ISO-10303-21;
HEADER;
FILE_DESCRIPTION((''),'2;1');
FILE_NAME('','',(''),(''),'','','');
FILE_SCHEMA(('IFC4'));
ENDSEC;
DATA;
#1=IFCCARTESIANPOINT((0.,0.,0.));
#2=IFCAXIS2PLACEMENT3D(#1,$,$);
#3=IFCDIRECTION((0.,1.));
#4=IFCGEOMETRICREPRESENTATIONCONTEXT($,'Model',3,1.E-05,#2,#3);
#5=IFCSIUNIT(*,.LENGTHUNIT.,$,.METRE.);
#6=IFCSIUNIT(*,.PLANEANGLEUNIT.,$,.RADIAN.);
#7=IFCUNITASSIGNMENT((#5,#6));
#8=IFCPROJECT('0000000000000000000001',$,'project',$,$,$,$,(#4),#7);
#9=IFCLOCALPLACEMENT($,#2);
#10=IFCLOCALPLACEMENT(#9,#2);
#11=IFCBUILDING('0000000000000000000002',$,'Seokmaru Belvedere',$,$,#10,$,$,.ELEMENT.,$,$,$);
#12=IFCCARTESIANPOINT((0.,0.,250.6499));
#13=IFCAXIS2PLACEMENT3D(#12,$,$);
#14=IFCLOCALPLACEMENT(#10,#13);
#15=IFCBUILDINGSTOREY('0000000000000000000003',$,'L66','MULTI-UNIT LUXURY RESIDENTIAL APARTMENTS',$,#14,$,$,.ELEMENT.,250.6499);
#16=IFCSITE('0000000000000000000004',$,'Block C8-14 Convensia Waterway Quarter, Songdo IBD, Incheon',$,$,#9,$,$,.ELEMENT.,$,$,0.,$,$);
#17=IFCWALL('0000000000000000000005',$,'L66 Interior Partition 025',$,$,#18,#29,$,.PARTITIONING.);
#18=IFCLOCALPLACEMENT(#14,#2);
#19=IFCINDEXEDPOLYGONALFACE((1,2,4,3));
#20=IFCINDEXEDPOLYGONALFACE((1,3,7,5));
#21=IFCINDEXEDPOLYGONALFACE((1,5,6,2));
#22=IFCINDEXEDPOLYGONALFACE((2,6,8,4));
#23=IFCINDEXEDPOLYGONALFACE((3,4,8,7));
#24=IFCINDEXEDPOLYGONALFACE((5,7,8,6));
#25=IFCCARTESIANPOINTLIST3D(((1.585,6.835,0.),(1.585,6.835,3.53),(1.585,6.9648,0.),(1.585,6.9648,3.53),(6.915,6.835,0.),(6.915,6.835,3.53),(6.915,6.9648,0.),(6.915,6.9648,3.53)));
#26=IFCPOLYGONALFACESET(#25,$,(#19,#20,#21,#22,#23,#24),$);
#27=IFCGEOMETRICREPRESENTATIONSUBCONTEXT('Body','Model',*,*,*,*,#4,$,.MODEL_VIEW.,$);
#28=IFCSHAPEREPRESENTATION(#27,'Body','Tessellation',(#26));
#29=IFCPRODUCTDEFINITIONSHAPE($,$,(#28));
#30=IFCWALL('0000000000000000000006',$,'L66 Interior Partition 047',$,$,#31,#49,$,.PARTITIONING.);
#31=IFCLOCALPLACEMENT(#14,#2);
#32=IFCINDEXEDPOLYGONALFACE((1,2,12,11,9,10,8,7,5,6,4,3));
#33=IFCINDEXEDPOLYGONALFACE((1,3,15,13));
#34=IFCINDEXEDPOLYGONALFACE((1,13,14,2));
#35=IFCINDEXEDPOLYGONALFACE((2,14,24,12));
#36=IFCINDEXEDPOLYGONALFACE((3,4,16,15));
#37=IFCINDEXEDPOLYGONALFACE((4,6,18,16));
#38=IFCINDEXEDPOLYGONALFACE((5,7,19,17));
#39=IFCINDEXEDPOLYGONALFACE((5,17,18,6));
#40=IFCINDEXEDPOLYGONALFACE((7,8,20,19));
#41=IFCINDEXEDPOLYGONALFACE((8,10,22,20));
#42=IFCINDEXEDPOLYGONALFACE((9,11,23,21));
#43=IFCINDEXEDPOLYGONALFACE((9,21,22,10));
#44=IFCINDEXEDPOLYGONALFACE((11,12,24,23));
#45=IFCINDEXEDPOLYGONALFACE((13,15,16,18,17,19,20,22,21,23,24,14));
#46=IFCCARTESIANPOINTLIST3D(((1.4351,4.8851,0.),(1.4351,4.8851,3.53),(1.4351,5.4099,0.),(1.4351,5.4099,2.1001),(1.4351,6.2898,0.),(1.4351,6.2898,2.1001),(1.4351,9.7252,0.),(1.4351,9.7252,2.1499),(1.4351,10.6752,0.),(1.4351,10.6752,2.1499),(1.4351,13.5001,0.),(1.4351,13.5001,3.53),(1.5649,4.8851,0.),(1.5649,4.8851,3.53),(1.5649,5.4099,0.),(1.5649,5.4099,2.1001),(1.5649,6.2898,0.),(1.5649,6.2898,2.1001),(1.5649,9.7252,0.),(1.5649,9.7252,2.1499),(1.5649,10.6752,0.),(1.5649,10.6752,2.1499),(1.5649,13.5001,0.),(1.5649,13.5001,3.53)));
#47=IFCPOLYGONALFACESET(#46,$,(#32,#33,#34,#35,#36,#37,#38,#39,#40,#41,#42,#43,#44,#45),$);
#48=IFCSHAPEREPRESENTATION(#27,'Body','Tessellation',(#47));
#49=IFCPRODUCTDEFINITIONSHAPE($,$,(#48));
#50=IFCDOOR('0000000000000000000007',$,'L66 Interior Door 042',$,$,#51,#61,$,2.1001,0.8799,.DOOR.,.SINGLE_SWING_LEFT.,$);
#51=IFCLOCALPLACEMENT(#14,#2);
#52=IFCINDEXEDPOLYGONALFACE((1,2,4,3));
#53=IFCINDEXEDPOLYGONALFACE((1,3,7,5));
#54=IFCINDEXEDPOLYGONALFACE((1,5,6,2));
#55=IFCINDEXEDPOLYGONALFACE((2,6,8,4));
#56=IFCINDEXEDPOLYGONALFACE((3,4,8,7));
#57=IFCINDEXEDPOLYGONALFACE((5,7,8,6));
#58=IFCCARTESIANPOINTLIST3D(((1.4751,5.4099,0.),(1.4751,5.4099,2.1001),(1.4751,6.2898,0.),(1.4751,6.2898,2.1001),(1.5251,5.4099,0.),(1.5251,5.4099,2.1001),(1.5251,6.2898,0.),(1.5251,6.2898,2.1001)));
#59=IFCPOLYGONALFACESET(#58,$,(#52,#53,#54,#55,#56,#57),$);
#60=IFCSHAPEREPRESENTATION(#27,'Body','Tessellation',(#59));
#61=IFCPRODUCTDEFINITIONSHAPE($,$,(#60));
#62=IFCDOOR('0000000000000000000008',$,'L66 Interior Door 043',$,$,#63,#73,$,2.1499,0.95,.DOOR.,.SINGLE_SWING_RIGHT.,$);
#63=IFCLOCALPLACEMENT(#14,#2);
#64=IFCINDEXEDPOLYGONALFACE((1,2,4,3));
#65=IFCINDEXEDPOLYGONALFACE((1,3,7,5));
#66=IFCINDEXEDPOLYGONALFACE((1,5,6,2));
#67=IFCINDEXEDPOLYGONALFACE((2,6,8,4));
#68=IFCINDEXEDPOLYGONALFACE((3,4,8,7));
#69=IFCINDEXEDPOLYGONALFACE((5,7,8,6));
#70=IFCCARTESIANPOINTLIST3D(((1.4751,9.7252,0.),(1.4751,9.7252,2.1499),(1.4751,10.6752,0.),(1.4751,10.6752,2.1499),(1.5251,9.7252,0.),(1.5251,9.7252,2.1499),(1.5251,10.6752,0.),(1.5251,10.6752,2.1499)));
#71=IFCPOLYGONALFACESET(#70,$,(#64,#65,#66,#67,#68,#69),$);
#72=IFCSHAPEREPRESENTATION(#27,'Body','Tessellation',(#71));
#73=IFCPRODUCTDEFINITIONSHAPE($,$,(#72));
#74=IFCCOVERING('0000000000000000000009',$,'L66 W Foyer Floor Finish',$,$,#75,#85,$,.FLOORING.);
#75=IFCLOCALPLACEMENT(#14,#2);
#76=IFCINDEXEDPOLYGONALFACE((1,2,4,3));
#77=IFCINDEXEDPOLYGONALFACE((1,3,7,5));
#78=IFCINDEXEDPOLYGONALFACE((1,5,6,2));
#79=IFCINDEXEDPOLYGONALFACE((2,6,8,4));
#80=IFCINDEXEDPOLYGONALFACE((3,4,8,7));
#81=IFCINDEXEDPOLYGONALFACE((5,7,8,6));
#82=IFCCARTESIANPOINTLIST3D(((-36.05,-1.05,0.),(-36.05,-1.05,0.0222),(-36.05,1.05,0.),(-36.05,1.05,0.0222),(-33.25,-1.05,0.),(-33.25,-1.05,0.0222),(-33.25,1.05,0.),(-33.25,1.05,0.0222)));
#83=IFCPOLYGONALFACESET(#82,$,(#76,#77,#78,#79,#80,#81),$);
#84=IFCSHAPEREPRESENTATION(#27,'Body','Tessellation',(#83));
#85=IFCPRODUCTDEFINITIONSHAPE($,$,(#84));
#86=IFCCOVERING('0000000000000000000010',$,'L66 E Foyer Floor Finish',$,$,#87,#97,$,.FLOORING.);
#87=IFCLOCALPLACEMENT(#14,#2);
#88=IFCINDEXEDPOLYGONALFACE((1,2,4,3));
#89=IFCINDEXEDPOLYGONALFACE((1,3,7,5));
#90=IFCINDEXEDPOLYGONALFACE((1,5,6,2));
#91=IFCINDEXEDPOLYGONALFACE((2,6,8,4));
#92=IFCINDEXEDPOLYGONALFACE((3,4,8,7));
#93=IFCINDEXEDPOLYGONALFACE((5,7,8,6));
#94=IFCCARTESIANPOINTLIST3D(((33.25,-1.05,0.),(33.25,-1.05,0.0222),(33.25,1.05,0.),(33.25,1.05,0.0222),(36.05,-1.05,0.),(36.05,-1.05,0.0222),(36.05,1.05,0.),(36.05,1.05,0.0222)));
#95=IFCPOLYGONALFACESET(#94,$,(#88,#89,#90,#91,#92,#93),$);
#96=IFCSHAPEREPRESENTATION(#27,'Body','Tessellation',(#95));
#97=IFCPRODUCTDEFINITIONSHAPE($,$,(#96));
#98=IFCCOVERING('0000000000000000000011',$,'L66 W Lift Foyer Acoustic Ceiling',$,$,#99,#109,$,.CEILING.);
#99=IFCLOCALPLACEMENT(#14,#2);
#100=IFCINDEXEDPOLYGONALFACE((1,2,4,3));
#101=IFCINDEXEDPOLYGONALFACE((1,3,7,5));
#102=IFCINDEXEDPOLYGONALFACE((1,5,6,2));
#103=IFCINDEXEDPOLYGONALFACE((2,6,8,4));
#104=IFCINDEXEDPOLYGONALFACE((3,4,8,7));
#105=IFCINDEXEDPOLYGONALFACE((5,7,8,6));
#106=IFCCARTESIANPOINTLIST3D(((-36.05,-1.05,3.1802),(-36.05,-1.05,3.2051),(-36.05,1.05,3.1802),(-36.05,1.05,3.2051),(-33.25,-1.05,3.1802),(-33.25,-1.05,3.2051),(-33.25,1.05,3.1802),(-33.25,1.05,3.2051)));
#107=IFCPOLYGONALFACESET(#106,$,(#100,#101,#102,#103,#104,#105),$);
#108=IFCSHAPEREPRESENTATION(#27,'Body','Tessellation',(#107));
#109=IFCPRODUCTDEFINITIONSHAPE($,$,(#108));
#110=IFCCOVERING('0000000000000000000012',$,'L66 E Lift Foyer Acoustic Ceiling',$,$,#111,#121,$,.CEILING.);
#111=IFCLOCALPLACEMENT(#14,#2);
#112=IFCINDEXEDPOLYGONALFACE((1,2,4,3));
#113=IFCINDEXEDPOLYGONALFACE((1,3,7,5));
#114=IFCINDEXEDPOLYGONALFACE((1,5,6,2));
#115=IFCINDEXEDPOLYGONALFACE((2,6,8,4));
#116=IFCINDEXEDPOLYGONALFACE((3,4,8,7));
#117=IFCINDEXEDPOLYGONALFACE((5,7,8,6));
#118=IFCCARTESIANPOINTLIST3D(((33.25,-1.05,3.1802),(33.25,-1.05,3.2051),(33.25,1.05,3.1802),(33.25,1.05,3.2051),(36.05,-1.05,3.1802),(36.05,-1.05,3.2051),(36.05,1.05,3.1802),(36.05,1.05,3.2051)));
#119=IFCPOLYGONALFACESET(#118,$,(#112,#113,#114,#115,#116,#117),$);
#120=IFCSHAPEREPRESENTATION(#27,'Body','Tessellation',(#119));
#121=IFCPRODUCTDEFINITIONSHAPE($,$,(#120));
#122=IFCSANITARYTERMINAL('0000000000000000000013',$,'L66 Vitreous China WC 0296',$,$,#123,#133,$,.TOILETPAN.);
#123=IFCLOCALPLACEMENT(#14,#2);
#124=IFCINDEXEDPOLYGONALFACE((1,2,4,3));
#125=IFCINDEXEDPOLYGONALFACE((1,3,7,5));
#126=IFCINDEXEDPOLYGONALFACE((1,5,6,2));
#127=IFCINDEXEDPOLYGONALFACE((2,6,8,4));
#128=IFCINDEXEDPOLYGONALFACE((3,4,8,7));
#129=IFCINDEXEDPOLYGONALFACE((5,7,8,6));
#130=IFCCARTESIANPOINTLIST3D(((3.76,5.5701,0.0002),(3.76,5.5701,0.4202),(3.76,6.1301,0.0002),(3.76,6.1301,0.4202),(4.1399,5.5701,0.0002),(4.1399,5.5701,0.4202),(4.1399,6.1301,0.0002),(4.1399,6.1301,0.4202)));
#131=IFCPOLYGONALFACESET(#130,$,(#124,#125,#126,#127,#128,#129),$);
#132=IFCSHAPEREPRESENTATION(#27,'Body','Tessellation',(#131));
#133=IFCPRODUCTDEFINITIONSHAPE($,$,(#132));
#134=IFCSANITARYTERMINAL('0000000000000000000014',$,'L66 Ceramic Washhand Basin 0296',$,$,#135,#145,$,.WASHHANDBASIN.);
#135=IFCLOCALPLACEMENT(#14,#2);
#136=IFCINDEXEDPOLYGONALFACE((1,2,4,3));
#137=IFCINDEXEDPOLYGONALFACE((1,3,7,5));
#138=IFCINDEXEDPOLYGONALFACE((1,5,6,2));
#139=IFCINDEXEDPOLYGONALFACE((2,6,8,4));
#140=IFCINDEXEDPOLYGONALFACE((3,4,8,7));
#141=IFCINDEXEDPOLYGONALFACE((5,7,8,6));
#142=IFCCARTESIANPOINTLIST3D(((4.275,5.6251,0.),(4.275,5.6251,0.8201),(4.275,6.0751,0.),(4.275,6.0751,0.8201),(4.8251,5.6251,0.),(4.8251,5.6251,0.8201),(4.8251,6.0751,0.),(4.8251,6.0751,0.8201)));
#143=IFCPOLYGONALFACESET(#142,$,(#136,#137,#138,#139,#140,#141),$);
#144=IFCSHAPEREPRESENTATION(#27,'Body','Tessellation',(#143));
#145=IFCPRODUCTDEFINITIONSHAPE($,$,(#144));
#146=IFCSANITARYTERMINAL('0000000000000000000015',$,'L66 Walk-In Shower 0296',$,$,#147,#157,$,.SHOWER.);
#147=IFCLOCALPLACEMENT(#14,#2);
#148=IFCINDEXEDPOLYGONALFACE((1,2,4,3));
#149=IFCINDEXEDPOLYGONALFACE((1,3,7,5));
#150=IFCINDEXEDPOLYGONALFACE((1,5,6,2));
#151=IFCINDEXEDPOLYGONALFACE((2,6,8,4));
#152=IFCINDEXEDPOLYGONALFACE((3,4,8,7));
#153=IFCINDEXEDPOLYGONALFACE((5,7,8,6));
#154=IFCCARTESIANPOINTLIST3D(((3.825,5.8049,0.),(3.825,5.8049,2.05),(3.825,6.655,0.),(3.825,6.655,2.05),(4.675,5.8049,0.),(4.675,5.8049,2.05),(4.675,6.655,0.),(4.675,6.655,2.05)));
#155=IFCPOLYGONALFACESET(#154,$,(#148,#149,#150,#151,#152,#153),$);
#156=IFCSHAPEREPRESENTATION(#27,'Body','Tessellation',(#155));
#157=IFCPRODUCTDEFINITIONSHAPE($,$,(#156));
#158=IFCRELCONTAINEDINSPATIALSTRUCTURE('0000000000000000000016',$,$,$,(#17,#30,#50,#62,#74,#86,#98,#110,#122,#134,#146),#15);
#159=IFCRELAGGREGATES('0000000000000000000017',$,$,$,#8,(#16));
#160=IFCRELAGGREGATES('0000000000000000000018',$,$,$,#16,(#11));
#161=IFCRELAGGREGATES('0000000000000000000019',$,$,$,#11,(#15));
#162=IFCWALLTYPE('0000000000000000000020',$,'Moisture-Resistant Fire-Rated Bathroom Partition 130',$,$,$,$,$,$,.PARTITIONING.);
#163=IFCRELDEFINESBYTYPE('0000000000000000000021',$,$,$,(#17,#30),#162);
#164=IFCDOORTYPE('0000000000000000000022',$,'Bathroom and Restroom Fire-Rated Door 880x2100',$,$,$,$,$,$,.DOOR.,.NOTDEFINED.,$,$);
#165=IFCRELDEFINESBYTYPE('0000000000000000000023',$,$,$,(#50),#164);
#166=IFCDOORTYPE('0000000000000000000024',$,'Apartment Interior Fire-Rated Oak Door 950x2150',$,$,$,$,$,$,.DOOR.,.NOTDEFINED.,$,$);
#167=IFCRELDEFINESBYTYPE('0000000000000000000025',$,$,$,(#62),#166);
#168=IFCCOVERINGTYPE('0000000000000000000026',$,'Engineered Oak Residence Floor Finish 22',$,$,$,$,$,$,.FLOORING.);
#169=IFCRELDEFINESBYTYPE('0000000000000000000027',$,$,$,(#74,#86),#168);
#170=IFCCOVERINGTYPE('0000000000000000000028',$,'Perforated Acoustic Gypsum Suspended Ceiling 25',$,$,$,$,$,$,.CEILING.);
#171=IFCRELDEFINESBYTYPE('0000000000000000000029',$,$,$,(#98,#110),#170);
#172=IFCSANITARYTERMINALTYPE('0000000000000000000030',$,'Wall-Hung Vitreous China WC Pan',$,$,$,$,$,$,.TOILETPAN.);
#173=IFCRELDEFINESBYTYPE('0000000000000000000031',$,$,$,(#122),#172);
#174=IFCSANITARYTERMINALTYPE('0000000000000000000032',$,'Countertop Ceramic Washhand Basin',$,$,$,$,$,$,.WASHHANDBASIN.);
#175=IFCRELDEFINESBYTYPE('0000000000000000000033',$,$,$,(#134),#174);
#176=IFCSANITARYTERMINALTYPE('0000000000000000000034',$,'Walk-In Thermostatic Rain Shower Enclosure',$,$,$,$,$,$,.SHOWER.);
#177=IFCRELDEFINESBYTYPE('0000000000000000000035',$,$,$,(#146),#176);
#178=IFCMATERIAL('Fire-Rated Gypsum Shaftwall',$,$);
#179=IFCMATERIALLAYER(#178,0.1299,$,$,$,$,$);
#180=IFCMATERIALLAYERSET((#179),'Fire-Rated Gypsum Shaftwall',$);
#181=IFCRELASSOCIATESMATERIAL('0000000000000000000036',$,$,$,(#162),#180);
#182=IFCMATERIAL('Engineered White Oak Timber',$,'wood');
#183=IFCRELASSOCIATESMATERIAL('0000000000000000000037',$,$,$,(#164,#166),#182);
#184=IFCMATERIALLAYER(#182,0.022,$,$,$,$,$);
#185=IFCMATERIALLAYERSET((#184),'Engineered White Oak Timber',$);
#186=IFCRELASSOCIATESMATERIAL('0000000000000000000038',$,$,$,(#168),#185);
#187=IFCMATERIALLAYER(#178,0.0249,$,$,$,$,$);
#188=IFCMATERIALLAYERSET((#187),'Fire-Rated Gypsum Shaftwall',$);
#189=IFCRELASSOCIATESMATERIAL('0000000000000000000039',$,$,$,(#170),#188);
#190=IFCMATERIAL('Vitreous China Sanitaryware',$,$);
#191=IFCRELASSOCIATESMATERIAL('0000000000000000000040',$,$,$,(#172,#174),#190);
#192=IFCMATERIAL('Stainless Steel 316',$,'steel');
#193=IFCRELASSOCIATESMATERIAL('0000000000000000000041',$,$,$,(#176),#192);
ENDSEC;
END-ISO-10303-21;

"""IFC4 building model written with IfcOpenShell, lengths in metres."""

from ifc_helpers import new_model, si_unit, direction, frame, frame_2d, origin, origin_2d, place, context, subcontext, project, spatial, polyline, rectangle, outline, extrude, source, transform, mapped, material, layer, layer_set, type_object, type_shapes, element, fill, save


model = new_model("IFC4")

# Units and contexts
model_context = context("Model", 3, precision=1e-05, world=origin(), true_north=direction((0.0, 1.0)))
body_context = subcontext(model_context, "Body", "Model", "MODEL_VIEW")
ifc_project = project(units=[si_unit("LENGTHUNIT", "METRE"), si_unit("PLANEANGLEUNIT", "RADIAN")], contexts=[model_context])

# Site, building, storey
site_placement = place(None, origin())
site = spatial("IfcSite", under=ifc_project, at=site_placement, Name="Block C8-14 Convensia Waterway Quarter, Songdo IBD, Incheon", CompositionType="ELEMENT", RefElevation=0.0)
building_placement = place(site_placement, origin())
building = spatial("IfcBuilding", under=site, at=building_placement, Name="Seokmaru Belvedere", CompositionType="ELEMENT")
storey_placement = place(building_placement, frame((0.0, 0.0, 250.6499)))
storey = spatial("IfcBuildingStorey", under=building, at=storey_placement, Name="L66", Description="MULTI-UNIT LUXURY RESIDENTIAL APARTMENTS", CompositionType="ELEMENT", Elevation=250.6499)

# Wall
ifc_material_1 = material(Name="Fire-Rated Gypsum Shaftwall")
ifc_layer_1 = layer(ifc_material_1, 0.1299)
ifc_layer_set_1 = layer_set([ifc_layer_1], Name="Fire-Rated Gypsum Shaftwall")
wall_type_1 = type_object("IfcWallType", Name="Moisture-Resistant Fire-Rated Bathroom Partition 130", PredefinedType="PARTITIONING", material=ifc_layer_set_1)
wall_1_placement = place(storey_placement, frame((1.585, 6.8999, 0.0), z_axis=(0.0, 0.0, 1.0), x_axis=(1.0, 0.0, 0.0)))
element("IfcWall", 1, at=wall_1_placement, inside=storey, type_object=wall_type_1, Name="L66 Interior Partition 025", PredefinedType="PARTITIONING", context=body_context, shape_type="SweptSolid", body=[
    extrude(rectangle(XDim=5.3301, YDim=0.1299, at=frame_2d((2.665, 0.0))), origin(), (0.0, 0.0, 1.0), 3.53),
])

# Wall, openings, doors
wall_2_placement = place(storey_placement, frame((1.5, 4.885, 0.0), z_axis=(0.0, 0.0, 1.0), x_axis=(0.0, 1.0, 0.0)))
wall_2 = element("IfcWall", 2, at=wall_2_placement, inside=storey, type_object=wall_type_1, Name="L66 Interior Partition 047", PredefinedType="PARTITIONING", context=body_context, shape_type="SweptSolid", body=[
    extrude(rectangle(XDim=8.615, YDim=0.1299, at=frame_2d((4.3076, 0.0))), origin(), (0.0, 0.0, 1.0), 3.53),
])
opening_1_placement = place(wall_2_placement, frame((0.5249, 0.0, 0.0)))
opening_1 = element("IfcOpeningElement", 3, at=opening_1_placement, cuts=wall_2, PredefinedType="OPENING", context=body_context, shape_type="SweptSolid", body=[
    extrude(rectangle(XDim=0.8799, YDim=2.1001, at=frame_2d((0.4399, 1.05))), frame((0.0, 0.075, 0.0), z_axis=(0.0, -1.0, 0.0), x_axis=(1.0, 0.0, 0.0)), (0.0, 0.0, 1.0), 0.1499),
])
opening_2_placement = place(wall_2_placement, frame((4.8401, 0.0, 0.0)))
opening_2 = element("IfcOpeningElement", 4, at=opening_2_placement, cuts=wall_2, PredefinedType="OPENING", context=body_context, shape_type="SweptSolid", body=[
    extrude(rectangle(XDim=0.95, YDim=2.1499, at=frame_2d((0.4751, 1.075))), frame((0.0, 0.075, 0.0), z_axis=(0.0, -1.0, 0.0), x_axis=(1.0, 0.0, 0.0)), (0.0, 0.0, 1.0), 0.1499),
])
ifc_material_2 = material(Name="Engineered White Oak Timber", Category="wood")
door_type_1 = type_object("IfcDoorType", Name="Bathroom and Restroom Fire-Rated Door 880x2100", OperationType="NOTDEFINED", PredefinedType="DOOR", material=ifc_material_2)
shared_shape_1 = source(origin(), body_context, "Body", "SweptSolid", [
    extrude(rectangle(XDim=0.8799, YDim=2.1001, at=frame_2d((0.4399, 1.05))), frame((0.0, 0.0249, 0.0), z_axis=(0.0, -1.0, 0.0), x_axis=(1.0, 0.0, 0.0)), (0.0, 0.0, 1.0), 0.05),
])
type_shapes(door_type_1, [shared_shape_1])
door_1_placement = place(opening_1_placement, origin())
door_1 = element("IfcDoor", 5, at=door_1_placement, inside=storey, type_object=door_type_1, Name="L66 Interior Door 042", OperationType="SINGLE_SWING_LEFT", OverallHeight=2.1001, OverallWidth=0.8799, PredefinedType="DOOR", context=body_context, shape_type="MappedRepresentation", body=[
    mapped(shared_shape_1, transform((0.0, 0.0, 0.0), scale=1.0)),
])
fill(opening_1, door_1)
door_type_2 = type_object("IfcDoorType", Name="Apartment Interior Fire-Rated Oak Door 950x2150", OperationType="NOTDEFINED", PredefinedType="DOOR", material=ifc_material_2)
shared_shape_2 = source(origin(), body_context, "Body", "SweptSolid", [
    extrude(rectangle(XDim=0.95, YDim=2.1499, at=frame_2d((0.4751, 1.075))), frame((0.0, 0.0249, 0.0), z_axis=(0.0, -1.0, 0.0), x_axis=(1.0, 0.0, 0.0)), (0.0, 0.0, 1.0), 0.05),
])
type_shapes(door_type_2, [shared_shape_2])
door_2_placement = place(opening_2_placement, origin())
door_2 = element("IfcDoor", 6, at=door_2_placement, inside=storey, type_object=door_type_2, Name="L66 Interior Door 043", OperationType="SINGLE_SWING_RIGHT", OverallHeight=2.1499, OverallWidth=0.95, PredefinedType="DOOR", context=body_context, shape_type="MappedRepresentation", body=[
    mapped(shared_shape_2, transform((0.0, 0.0, 0.0), scale=1.0)),
])
fill(opening_2, door_2)

# Coverings
ifc_layer_2 = layer(ifc_material_2, 0.022)
ifc_layer_set_2 = layer_set([ifc_layer_2], Name="Engineered White Oak Timber")
covering_type_1 = type_object("IfcCoveringType", Name="Engineered Oak Residence Floor Finish 22", PredefinedType="FLOORING", material=ifc_layer_set_2)
covering_1_placement = place(storey_placement, origin())
element("IfcCovering", 7, at=covering_1_placement, inside=storey, type_object=covering_type_1, Name="L66 W Foyer Floor Finish", PredefinedType="FLOORING", context=body_context, shape_type="SweptSolid", body=[
    extrude(outline(polyline([(-36.05, -1.05), (-33.25, -1.05), (-33.25, 1.05), (-36.05, 1.05), (-36.05, -1.05)])), origin(), (0.0, 0.0, 1.0), 0.0222),
])
covering_2_placement = place(storey_placement, origin())
element("IfcCovering", 8, at=covering_2_placement, inside=storey, type_object=covering_type_1, Name="L66 E Foyer Floor Finish", PredefinedType="FLOORING", context=body_context, shape_type="SweptSolid", body=[
    extrude(outline(polyline([(33.25, -1.05), (36.05, -1.05), (36.05, 1.05), (33.25, 1.05), (33.25, -1.05)])), origin(), (0.0, 0.0, 1.0), 0.0222),
])
ifc_layer_3 = layer(ifc_material_1, 0.0249)
ifc_layer_set_3 = layer_set([ifc_layer_3], Name="Fire-Rated Gypsum Shaftwall")
covering_type_2 = type_object("IfcCoveringType", Name="Perforated Acoustic Gypsum Suspended Ceiling 25", PredefinedType="CEILING", material=ifc_layer_set_3)
covering_3_placement = place(storey_placement, frame((0.0, 0.0, 3.1802)))
element("IfcCovering", 9, at=covering_3_placement, inside=storey, type_object=covering_type_2, Name="L66 W Lift Foyer Acoustic Ceiling", PredefinedType="CEILING", context=body_context, shape_type="SweptSolid", body=[
    extrude(outline(polyline([(-36.05, -1.05), (-33.25, -1.05), (-33.25, 1.05), (-36.05, 1.05), (-36.05, -1.05)])), origin(), (0.0, 0.0, 1.0), 0.0249),
])
covering_4_placement = place(storey_placement, frame((0.0, 0.0, 3.1802)))
element("IfcCovering", 10, at=covering_4_placement, inside=storey, type_object=covering_type_2, Name="L66 E Lift Foyer Acoustic Ceiling", PredefinedType="CEILING", context=body_context, shape_type="SweptSolid", body=[
    extrude(outline(polyline([(33.25, -1.05), (36.05, -1.05), (36.05, 1.05), (33.25, 1.05), (33.25, -1.05)])), origin(), (0.0, 0.0, 1.0), 0.0249),
])

# Sanitary terminals
ifc_material_3 = material(Name="Vitreous China Sanitaryware")
sanitary_terminal_type_1 = type_object("IfcSanitaryTerminalType", Name="Wall-Hung Vitreous China WC Pan", PredefinedType="TOILETPAN", material=ifc_material_3)
shared_shape_3 = source(origin(), body_context, "Body", "SweptSolid", [
    extrude(rectangle(XDim=0.3799, YDim=0.5601, at=origin_2d()), origin(), (0.0, 0.0, 1.0), 0.4199),
])
type_shapes(sanitary_terminal_type_1, [shared_shape_3])
sanitary_terminal_1_placement = place(storey_placement, frame((3.95, 5.8501, 0.0002), z_axis=(0.0, 0.0, 1.0), x_axis=(1.0, 0.0, 0.0)))
element("IfcSanitaryTerminal", 11, at=sanitary_terminal_1_placement, inside=storey, type_object=sanitary_terminal_type_1, Name="L66 Vitreous China WC 0296", PredefinedType="TOILETPAN", context=body_context, shape_type="MappedRepresentation", body=[
    mapped(shared_shape_3, transform((0.0, 0.0, 0.0), scale=1.0)),
])
sanitary_terminal_type_2 = type_object("IfcSanitaryTerminalType", Name="Countertop Ceramic Washhand Basin", PredefinedType="WASHHANDBASIN", material=ifc_material_3)
shared_shape_4 = source(origin(), body_context, "Body", "SweptSolid", [
    extrude(rectangle(XDim=0.55, YDim=0.45, at=origin_2d()), origin(), (0.0, 0.0, 1.0), 0.8201),
])
type_shapes(sanitary_terminal_type_2, [shared_shape_4])
sanitary_terminal_2_placement = place(storey_placement, frame((4.55, 5.8501, 0.0), z_axis=(0.0, 0.0, 1.0), x_axis=(1.0, 0.0, 0.0)))
element("IfcSanitaryTerminal", 12, at=sanitary_terminal_2_placement, inside=storey, type_object=sanitary_terminal_type_2, Name="L66 Ceramic Washhand Basin 0296", PredefinedType="WASHHANDBASIN", context=body_context, shape_type="MappedRepresentation", body=[
    mapped(shared_shape_4, transform((0.0, 0.0, 0.0), scale=1.0)),
])
ifc_material_4 = material(Name="Stainless Steel 316", Category="steel")
sanitary_terminal_type_3 = type_object("IfcSanitaryTerminalType", Name="Walk-In Thermostatic Rain Shower Enclosure", PredefinedType="SHOWER", material=ifc_material_4)
shared_shape_5 = source(origin(), body_context, "Body", "SweptSolid", [
    extrude(rectangle(XDim=0.8501, YDim=0.8501, at=origin_2d()), origin(), (0.0, 0.0, 1.0), 2.05),
])
type_shapes(sanitary_terminal_type_3, [shared_shape_5])
sanitary_terminal_3_placement = place(storey_placement, frame((4.25, 6.23, 0.0), z_axis=(0.0, 0.0, 1.0), x_axis=(1.0, 0.0, 0.0)))
element("IfcSanitaryTerminal", 13, at=sanitary_terminal_3_placement, inside=storey, type_object=sanitary_terminal_type_3, Name="L66 Walk-In Shower 0296", PredefinedType="SHOWER", context=body_context, shape_type="MappedRepresentation", body=[
    mapped(shared_shape_5, transform((0.0, 0.0, 0.0), scale=1.0)),
])

save(model, "model.ifc")
